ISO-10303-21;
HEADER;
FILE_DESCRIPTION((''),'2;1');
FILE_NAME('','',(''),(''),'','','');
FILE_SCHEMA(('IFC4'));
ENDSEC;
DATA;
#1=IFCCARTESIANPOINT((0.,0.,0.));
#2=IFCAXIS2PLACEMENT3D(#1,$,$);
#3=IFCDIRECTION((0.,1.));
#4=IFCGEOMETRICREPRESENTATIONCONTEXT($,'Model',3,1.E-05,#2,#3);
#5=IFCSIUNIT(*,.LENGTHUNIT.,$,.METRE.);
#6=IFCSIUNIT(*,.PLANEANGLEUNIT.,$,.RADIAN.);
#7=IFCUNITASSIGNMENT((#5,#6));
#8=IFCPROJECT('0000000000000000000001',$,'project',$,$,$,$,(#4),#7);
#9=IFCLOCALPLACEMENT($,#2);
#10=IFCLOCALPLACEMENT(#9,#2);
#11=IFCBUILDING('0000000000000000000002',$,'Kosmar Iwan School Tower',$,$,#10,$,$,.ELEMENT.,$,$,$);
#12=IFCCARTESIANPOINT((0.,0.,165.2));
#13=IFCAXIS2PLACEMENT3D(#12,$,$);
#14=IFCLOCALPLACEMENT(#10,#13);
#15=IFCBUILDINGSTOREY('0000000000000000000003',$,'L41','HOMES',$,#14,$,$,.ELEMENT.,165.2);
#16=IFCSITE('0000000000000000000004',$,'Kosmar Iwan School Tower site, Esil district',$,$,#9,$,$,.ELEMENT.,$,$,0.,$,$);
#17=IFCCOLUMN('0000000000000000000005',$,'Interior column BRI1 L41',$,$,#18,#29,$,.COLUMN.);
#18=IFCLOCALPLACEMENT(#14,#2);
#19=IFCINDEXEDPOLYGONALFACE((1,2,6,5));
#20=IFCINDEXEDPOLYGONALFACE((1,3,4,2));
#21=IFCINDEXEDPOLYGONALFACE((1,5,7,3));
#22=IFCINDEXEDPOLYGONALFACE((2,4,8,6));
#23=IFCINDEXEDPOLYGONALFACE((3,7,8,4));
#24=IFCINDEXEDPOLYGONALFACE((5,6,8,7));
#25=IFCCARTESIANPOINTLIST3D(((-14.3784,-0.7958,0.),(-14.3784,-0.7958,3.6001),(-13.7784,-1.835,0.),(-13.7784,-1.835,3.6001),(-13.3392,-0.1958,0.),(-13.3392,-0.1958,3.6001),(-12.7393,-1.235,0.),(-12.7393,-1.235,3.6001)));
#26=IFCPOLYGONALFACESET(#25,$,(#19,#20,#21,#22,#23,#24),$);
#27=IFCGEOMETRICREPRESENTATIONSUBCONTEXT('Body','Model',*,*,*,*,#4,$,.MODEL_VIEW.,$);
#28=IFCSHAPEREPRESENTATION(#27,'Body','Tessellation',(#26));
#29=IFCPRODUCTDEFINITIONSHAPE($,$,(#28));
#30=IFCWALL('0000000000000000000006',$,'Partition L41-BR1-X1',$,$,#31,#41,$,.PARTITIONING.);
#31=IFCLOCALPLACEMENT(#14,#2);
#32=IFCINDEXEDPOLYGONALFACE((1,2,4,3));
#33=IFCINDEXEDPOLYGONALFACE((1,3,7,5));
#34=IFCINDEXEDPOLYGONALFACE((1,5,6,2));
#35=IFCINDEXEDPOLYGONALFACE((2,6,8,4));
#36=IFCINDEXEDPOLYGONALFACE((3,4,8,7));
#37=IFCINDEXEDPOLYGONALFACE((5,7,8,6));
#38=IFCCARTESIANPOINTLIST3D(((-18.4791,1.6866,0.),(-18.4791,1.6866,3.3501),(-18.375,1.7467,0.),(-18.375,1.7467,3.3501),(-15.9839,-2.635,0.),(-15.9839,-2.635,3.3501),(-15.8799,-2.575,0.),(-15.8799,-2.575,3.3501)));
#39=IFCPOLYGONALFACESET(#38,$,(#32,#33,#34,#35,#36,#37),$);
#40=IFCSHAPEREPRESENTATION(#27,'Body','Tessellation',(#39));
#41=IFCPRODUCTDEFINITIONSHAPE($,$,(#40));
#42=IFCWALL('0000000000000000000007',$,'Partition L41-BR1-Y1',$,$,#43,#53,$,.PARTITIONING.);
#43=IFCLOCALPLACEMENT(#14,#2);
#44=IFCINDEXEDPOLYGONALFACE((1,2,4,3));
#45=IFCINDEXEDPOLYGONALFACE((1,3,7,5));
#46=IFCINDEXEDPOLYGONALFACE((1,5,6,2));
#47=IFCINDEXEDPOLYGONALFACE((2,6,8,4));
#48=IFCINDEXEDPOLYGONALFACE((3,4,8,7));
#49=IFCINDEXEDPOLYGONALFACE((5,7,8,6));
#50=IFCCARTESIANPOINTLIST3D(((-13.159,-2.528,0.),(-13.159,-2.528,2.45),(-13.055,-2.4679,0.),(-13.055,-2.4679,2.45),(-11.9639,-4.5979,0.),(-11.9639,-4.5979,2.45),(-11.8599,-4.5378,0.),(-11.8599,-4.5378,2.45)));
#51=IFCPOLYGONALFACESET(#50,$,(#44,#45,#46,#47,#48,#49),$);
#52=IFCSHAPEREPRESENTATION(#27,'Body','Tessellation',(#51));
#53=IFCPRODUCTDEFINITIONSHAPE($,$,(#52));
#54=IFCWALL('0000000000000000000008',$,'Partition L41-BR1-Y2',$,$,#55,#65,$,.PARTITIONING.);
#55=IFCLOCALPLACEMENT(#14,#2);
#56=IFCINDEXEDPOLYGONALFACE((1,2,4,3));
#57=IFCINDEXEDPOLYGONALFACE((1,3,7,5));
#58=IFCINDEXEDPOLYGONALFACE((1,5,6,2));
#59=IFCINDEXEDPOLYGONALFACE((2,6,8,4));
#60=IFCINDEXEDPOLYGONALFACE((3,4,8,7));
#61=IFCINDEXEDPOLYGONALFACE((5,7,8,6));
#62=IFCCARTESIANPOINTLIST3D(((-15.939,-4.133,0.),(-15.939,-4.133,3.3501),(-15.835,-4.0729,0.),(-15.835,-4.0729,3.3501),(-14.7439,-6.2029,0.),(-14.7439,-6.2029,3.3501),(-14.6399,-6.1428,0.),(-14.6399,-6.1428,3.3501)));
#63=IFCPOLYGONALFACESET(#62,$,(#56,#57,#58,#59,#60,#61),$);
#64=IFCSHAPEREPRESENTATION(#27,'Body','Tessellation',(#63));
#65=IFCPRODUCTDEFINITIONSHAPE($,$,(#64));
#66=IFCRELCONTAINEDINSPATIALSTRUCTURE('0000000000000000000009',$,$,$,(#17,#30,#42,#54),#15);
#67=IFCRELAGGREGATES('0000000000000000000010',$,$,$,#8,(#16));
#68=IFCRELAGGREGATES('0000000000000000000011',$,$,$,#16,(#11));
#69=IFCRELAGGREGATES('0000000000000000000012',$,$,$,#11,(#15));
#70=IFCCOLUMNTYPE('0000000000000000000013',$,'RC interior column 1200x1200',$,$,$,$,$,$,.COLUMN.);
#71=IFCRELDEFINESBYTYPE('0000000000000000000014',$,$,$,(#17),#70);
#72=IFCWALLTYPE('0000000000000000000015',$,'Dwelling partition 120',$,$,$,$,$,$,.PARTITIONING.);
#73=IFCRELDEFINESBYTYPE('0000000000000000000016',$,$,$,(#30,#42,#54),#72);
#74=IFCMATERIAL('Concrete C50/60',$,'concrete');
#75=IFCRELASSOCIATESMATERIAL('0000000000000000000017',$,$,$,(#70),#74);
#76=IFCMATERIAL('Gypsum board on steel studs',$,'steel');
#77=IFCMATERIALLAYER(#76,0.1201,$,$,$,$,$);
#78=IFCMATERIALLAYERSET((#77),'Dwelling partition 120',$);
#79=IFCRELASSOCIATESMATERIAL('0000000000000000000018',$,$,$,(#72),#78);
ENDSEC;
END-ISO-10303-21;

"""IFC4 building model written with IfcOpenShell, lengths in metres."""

from ifc_helpers import new_model, si_unit, direction, frame, frame_2d, origin, origin_2d, place, context, subcontext, project, spatial, rectangle, extrude, material, layer, layer_set, material_profile, profile_set, type_object, element, save


model = new_model("IFC4")

# Units and contexts
model_context = context("Model", 3, precision=1e-05, world=origin(), true_north=direction((0.0, 1.0)))
body_context = subcontext(model_context, "Body", "Model", "MODEL_VIEW")
ifc_project = project(units=[si_unit("LENGTHUNIT", "METRE"), si_unit("PLANEANGLEUNIT", "RADIAN")], contexts=[model_context])

# Site, building, storey
site_placement = place(None, origin())
site = spatial("IfcSite", under=ifc_project, at=site_placement, Name="Kosmar Iwan School Tower site, Esil district", CompositionType="ELEMENT", RefElevation=0.0)
building_placement = place(site_placement, origin())
building = spatial("IfcBuilding", under=site, at=building_placement, Name="Kosmar Iwan School Tower", CompositionType="ELEMENT")
storey_placement = place(building_placement, frame((0.0, 0.0, 165.2)))
storey = spatial("IfcBuildingStorey", under=building, at=storey_placement, Name="L41", Description="HOMES", CompositionType="ELEMENT", Elevation=165.2)

# Column
ifc_material_1 = material(Name="Concrete C50/60", Category="concrete")
ifc_material_profile = material_profile(ifc_material_1, rectangle(XDim=1.2, YDim=1.2, at=origin_2d()), Name="RC 1200x1200")
ifc_profile_set = profile_set([ifc_material_profile], Name="Concrete C50/60")
column_type = type_object("IfcColumnType", Name="RC interior column 1200x1200", PredefinedType="COLUMN", material=ifc_profile_set)
column_placement = place(storey_placement, frame((-13.5588, -1.0154, 0.0), z_axis=(0.0, 0.0, 1.0), x_axis=(-0.866025, -0.5, 0.0)))
element("IfcColumn", 1, at=column_placement, inside=storey, type_object=column_type, Name="Interior column BRI1 L41", PredefinedType="COLUMN", context=body_context, shape_type="SweptSolid", body=[
    extrude(rectangle(XDim=1.2, YDim=1.2, at=origin_2d()), origin(), (0.0, 0.0, 1.0), 3.6001),
])

# Walls
ifc_material_2 = material(Name="Gypsum board on steel studs", Category="steel")
ifc_layer = layer(ifc_material_2, 0.1201)
ifc_layer_set = layer_set([ifc_layer], Name="Dwelling partition 120")
wall_type = type_object("IfcWallType", Name="Dwelling partition 120", PredefinedType="PARTITIONING", material=ifc_layer_set)
wall_1_placement = place(storey_placement, frame((-15.9319, -2.605, 0.0), z_axis=(0.0, 0.0, 1.0), x_axis=(-0.500012, 0.866019, 0.0)))
element("IfcWall", 2, at=wall_1_placement, inside=storey, type_object=wall_type, Name="Partition L41-BR1-X1", PredefinedType="PARTITIONING", context=body_context, shape_type="SweptSolid", body=[
    extrude(rectangle(XDim=4.9902, YDim=0.1201, at=frame_2d((2.4951, 0.0))), origin(), (0.0, 0.0, 1.0), 3.3501),
])
wall_2_placement = place(storey_placement, frame((-11.9119, -4.5679, 0.0), z_axis=(0.0, 0.0, 1.0), x_axis=(-0.500017, 0.866015, 0.0)))
element("IfcWall", 3, at=wall_2_placement, inside=storey, type_object=wall_type, Name="Partition L41-BR1-Y1", PredefinedType="PARTITIONING", context=body_context, shape_type="SweptSolid", body=[
    extrude(rectangle(XDim=2.3901, YDim=0.1201, at=frame_2d((1.1951, 0.0))), origin(), (0.0, 0.0, 1.0), 2.45),
])
wall_3_placement = place(storey_placement, frame((-14.6919, -6.1729, 0.0), z_axis=(0.0, 0.0, 1.0), x_axis=(-0.500017, 0.866015, 0.0)))
element("IfcWall", 4, at=wall_3_placement, inside=storey, type_object=wall_type, Name="Partition L41-BR1-Y2", PredefinedType="PARTITIONING", context=body_context, shape_type="SweptSolid", body=[
    extrude(rectangle(XDim=2.3901, YDim=0.1201, at=frame_2d((1.1951, 0.0))), origin(), (0.0, 0.0, 1.0), 3.3501),
])

save(model, "model.ifc")
